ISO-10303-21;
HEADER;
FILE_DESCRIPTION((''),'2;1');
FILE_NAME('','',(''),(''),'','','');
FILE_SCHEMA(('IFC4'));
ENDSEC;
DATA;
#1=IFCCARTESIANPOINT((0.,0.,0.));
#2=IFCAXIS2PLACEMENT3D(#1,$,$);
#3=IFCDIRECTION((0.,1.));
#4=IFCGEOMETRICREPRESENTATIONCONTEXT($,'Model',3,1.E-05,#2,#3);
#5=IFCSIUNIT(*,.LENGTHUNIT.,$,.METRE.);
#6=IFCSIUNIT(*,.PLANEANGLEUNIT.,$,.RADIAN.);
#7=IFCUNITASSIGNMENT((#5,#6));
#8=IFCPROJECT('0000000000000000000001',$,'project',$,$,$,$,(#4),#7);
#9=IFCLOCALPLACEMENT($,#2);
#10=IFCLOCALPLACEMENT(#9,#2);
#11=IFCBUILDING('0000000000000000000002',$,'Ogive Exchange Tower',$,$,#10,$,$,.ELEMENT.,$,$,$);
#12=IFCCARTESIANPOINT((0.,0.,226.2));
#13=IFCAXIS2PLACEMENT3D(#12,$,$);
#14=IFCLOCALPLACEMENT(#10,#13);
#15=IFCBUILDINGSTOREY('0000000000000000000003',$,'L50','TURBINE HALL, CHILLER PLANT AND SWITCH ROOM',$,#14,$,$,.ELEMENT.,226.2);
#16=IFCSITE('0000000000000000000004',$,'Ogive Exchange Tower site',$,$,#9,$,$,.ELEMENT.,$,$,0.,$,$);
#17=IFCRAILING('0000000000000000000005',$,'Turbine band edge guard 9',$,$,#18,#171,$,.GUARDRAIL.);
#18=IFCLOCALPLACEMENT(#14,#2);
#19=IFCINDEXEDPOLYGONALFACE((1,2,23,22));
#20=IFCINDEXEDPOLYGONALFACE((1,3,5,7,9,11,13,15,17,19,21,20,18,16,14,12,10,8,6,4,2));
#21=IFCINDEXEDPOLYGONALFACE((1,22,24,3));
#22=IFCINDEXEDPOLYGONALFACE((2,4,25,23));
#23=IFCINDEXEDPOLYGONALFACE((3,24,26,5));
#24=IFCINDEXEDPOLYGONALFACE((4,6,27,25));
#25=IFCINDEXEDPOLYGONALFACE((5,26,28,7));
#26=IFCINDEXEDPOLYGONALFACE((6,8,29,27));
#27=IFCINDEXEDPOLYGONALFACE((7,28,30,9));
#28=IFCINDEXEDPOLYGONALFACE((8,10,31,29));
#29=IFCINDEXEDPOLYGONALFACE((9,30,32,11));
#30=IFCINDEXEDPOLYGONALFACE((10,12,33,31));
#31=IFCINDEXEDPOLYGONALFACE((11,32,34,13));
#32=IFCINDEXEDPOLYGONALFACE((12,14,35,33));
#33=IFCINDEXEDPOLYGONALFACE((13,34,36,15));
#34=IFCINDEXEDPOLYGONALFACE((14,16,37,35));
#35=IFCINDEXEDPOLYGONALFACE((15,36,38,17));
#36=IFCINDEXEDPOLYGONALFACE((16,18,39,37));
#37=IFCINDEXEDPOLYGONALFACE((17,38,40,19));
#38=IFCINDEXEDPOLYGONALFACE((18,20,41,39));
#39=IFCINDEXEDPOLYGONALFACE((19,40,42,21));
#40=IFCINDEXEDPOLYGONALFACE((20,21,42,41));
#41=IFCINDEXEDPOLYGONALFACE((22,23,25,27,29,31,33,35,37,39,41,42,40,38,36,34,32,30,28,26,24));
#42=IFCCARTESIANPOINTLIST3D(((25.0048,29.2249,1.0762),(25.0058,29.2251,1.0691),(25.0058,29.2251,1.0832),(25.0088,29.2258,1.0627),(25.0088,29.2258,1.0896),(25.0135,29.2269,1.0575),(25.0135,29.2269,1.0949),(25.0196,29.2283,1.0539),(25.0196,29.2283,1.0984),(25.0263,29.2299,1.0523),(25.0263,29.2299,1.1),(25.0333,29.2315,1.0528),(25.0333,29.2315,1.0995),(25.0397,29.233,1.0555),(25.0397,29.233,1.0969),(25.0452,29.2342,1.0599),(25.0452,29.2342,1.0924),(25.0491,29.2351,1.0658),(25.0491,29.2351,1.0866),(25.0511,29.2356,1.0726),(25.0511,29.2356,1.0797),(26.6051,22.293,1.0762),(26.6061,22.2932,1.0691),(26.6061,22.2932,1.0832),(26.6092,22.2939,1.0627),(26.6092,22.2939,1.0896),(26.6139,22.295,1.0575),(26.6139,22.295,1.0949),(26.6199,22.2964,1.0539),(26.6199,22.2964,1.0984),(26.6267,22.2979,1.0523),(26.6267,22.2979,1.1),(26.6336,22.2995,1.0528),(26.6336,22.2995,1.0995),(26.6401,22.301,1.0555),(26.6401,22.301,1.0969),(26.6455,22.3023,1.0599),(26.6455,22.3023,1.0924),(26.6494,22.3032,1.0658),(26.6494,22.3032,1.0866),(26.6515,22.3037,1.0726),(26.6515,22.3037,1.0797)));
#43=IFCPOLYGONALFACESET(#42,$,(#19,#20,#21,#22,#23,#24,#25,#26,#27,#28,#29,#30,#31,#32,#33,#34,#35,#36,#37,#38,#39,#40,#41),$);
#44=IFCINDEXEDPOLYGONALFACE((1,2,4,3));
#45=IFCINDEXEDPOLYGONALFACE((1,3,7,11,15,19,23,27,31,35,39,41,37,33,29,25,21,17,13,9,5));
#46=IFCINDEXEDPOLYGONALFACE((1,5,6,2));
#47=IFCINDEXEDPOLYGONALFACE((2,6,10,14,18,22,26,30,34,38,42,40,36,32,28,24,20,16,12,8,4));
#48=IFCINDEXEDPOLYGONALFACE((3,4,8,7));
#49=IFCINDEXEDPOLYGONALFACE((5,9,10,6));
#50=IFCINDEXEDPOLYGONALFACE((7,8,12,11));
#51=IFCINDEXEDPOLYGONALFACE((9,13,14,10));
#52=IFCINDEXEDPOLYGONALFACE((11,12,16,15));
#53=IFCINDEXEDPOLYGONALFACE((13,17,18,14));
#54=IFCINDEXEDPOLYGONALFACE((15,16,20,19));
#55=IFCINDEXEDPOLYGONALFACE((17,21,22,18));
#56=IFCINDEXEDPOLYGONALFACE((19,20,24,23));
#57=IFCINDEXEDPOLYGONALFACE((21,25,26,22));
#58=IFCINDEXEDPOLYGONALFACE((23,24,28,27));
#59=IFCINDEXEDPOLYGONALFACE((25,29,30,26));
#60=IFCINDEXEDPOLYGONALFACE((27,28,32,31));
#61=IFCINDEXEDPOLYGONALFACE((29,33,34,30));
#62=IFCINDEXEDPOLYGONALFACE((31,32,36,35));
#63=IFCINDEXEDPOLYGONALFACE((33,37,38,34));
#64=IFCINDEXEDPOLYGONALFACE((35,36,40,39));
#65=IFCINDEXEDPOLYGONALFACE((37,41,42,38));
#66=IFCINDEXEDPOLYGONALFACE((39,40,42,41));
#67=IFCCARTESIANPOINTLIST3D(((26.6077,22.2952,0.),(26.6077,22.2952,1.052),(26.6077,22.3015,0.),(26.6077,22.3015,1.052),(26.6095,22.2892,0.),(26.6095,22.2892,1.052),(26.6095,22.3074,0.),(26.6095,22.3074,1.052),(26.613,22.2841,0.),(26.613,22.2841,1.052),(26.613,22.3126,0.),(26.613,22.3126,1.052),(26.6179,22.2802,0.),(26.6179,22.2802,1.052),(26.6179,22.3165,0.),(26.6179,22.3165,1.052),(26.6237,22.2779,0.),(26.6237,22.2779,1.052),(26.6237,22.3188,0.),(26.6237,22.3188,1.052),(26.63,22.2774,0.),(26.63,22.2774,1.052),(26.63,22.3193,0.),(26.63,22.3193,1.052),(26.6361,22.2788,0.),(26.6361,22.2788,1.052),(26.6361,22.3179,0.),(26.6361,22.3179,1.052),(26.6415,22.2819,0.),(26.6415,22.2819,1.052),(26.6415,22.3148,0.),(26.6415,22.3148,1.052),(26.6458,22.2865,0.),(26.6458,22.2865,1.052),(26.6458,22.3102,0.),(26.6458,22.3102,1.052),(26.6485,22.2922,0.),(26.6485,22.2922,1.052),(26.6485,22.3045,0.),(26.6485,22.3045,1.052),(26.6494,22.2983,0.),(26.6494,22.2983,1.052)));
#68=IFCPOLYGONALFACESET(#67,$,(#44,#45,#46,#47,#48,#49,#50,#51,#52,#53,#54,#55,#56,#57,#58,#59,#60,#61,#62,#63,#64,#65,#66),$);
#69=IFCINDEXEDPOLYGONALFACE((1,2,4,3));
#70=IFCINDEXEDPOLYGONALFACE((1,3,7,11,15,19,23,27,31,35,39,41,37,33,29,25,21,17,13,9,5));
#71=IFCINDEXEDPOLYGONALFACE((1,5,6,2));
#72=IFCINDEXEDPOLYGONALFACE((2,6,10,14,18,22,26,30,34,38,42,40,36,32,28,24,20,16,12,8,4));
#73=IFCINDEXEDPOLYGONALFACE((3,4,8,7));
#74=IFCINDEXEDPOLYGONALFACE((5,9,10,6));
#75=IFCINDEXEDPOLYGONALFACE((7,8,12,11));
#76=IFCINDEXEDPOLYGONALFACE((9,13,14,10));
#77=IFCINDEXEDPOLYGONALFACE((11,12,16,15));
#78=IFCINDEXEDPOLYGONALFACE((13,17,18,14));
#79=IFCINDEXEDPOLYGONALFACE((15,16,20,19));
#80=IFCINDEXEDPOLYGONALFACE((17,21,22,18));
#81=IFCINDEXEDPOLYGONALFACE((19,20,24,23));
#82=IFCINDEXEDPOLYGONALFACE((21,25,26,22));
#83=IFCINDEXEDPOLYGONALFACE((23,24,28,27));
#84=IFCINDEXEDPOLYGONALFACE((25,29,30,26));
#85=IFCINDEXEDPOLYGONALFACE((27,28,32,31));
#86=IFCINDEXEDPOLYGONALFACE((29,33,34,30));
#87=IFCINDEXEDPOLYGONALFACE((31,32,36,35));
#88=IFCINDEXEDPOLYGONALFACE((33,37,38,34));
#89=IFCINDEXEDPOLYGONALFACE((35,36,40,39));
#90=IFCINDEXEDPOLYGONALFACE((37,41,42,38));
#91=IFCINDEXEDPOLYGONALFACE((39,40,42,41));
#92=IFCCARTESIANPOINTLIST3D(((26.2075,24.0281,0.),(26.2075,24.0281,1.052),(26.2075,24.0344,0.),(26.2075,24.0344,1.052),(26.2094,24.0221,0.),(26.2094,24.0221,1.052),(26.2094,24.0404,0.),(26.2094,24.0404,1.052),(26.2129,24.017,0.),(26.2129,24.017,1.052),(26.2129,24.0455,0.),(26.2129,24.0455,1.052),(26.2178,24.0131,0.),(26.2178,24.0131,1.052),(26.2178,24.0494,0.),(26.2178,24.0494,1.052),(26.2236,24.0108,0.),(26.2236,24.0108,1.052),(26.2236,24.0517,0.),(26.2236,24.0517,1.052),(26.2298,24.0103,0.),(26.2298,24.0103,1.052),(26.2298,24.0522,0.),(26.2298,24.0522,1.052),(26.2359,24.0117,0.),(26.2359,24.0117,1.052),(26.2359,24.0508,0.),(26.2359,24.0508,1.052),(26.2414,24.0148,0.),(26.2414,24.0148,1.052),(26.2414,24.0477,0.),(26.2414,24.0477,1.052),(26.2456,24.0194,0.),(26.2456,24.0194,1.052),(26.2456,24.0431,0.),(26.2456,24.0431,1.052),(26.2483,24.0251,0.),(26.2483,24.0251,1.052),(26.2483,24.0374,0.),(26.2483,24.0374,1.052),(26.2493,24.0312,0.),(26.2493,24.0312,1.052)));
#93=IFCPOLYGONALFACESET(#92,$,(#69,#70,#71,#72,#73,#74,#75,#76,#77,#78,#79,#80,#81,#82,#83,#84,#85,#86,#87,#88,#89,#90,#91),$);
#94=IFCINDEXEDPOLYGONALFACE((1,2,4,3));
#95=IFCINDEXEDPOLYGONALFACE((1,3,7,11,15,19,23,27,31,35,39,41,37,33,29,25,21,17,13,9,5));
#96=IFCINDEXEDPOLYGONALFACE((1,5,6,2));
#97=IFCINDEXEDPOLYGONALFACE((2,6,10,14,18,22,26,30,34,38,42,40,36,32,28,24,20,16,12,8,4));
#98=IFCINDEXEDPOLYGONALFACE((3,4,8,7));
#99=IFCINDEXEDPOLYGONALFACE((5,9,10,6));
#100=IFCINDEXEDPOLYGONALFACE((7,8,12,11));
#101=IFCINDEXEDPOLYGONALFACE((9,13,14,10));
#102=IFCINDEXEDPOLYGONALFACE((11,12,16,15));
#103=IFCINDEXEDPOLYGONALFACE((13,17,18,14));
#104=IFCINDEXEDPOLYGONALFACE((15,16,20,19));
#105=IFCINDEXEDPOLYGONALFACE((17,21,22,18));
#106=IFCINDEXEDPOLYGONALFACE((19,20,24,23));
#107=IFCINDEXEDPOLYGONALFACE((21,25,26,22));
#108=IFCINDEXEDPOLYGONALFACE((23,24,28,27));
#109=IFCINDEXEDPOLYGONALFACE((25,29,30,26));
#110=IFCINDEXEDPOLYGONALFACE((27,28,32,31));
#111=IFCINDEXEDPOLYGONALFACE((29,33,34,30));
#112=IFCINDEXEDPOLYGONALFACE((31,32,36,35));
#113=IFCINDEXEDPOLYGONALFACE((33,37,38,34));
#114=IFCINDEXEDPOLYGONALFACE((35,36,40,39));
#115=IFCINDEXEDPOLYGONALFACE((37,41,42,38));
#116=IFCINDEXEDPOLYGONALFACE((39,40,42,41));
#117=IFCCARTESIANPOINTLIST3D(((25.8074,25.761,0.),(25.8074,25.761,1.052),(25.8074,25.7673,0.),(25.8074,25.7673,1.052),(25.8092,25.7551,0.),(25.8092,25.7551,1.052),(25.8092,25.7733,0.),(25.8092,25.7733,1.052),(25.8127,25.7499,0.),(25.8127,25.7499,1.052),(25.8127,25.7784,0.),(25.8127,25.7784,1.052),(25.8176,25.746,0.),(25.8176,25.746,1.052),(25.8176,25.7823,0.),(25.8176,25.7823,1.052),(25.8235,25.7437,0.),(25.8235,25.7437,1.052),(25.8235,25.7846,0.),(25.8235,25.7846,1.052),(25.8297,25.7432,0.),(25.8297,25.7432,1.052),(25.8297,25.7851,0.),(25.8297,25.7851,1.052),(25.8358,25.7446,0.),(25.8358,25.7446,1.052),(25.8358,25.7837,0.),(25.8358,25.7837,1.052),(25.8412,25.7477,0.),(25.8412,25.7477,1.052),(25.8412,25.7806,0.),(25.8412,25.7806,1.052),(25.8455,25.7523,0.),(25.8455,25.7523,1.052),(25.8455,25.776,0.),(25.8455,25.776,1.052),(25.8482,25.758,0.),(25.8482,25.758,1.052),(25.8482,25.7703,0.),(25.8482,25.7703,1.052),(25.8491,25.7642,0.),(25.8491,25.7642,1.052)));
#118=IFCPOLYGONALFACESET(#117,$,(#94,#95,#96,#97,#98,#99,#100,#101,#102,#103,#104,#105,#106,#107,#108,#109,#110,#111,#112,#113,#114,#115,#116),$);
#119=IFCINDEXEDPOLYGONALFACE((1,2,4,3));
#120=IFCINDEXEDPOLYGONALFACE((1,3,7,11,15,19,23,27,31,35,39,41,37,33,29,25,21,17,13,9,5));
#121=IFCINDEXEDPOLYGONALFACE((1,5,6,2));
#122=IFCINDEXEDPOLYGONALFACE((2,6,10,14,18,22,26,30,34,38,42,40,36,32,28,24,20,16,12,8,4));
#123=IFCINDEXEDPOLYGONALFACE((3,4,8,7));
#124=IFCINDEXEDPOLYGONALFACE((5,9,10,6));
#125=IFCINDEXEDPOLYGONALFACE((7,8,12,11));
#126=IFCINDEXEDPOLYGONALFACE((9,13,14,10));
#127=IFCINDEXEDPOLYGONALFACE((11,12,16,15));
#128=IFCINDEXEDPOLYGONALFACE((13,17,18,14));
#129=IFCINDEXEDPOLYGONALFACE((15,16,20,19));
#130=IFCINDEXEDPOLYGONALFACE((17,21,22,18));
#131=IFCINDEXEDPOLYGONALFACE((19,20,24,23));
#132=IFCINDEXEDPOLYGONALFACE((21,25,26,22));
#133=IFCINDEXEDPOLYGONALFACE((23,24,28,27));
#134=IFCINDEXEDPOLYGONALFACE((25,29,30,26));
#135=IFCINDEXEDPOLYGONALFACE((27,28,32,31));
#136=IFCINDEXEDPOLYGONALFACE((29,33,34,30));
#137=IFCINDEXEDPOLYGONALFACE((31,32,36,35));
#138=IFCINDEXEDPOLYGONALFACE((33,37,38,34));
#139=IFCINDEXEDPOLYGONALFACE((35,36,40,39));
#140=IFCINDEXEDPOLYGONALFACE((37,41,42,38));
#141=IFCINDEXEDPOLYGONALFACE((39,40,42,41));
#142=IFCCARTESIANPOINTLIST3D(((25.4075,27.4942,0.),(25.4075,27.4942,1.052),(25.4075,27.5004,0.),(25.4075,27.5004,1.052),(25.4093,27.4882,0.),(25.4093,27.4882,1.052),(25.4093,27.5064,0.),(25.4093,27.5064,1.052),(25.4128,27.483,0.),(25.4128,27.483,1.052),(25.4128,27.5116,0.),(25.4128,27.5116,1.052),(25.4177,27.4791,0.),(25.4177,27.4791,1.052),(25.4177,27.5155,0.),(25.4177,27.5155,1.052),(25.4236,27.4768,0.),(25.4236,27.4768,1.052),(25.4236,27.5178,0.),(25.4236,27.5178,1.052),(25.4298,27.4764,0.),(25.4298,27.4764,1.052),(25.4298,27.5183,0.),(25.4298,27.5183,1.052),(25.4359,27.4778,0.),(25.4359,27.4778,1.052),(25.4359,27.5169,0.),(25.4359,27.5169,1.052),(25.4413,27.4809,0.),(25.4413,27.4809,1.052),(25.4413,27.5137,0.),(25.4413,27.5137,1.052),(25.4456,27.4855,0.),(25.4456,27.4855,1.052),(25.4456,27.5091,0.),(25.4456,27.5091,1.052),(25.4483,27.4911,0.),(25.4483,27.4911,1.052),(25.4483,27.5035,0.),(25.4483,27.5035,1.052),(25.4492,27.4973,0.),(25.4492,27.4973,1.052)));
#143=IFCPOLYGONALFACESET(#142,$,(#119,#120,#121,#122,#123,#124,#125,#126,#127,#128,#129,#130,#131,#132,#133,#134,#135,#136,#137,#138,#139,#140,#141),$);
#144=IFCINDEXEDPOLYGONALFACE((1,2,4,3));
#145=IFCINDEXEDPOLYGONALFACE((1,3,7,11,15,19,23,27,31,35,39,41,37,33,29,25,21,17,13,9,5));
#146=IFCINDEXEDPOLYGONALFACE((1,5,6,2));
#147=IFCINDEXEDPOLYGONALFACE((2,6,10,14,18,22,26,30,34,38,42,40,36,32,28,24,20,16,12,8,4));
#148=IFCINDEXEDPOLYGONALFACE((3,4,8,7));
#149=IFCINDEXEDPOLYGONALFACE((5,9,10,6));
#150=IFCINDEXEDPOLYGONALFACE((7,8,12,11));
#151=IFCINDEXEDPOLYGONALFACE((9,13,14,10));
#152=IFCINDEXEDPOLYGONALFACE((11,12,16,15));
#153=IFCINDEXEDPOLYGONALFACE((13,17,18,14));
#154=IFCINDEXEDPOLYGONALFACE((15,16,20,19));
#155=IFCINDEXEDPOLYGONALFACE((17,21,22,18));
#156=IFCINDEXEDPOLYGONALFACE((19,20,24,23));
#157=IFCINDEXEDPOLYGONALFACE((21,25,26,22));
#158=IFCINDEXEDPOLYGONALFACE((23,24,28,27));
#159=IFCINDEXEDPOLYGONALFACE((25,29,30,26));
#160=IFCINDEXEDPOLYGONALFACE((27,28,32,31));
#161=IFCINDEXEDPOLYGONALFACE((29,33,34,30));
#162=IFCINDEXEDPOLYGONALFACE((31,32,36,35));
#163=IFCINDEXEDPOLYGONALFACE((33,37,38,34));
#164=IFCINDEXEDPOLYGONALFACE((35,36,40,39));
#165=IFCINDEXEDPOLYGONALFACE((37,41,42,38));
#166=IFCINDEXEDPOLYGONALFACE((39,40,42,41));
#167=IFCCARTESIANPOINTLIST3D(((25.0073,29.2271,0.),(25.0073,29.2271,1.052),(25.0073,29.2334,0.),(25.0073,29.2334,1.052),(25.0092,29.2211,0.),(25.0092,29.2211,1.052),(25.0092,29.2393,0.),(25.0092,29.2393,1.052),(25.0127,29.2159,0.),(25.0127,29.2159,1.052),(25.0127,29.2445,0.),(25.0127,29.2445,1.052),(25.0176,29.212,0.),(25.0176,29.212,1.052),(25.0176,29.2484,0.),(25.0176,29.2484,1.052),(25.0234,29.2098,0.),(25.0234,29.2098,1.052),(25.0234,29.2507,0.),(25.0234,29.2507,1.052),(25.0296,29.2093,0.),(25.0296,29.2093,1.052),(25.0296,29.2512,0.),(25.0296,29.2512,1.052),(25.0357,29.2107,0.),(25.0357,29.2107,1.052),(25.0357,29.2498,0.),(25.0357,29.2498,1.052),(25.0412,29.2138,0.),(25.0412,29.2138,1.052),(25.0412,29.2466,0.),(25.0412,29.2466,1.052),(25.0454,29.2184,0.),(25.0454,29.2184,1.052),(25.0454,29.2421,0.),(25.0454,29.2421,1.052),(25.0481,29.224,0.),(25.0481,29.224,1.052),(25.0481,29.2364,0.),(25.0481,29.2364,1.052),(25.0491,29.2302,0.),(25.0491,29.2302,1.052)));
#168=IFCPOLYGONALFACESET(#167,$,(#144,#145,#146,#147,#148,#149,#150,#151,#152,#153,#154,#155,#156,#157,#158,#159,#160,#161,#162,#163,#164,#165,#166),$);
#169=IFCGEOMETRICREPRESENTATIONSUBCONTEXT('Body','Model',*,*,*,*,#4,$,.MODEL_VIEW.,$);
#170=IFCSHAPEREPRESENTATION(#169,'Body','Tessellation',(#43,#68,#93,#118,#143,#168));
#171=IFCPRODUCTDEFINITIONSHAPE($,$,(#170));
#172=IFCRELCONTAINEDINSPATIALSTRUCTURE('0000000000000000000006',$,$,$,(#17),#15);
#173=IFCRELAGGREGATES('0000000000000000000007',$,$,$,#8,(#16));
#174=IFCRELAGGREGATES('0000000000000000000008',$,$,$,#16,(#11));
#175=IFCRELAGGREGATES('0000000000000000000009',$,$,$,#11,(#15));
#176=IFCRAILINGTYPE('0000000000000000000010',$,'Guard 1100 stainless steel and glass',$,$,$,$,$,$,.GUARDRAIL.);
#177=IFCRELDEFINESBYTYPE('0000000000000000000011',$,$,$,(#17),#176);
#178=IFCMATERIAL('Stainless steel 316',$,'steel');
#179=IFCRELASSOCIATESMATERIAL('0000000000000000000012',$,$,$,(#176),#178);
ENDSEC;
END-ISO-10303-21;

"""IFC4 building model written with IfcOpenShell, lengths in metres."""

from ifc_helpers import new_model, si_unit, direction, frame, origin, origin_2d, place, context, subcontext, project, spatial, circle, extrude, material, type_object, element, save


model = new_model("IFC4")

# Units and contexts
model_context = context("Model", 3, precision=1e-05, world=origin(), true_north=direction((0.0, 1.0)))
body_context = subcontext(model_context, "Body", "Model", "MODEL_VIEW")
ifc_project = project(units=[si_unit("LENGTHUNIT", "METRE"), si_unit("PLANEANGLEUNIT", "RADIAN")], contexts=[model_context])

# Site, building, storey
site_placement = place(None, origin())
site = spatial("IfcSite", under=ifc_project, at=site_placement, Name="Ogive Exchange Tower site", CompositionType="ELEMENT", RefElevation=0.0)
building_placement = place(site_placement, origin())
building = spatial("IfcBuilding", under=site, at=building_placement, Name="Ogive Exchange Tower", CompositionType="ELEMENT")
storey_placement = place(building_placement, frame((0.0, 0.0, 226.2)))
storey = spatial("IfcBuildingStorey", under=building, at=storey_placement, Name="L50", Description="TURBINE HALL, CHILLER PLANT AND SWITCH ROOM", CompositionType="ELEMENT", Elevation=226.2)

# Railing
ifc_material_1 = material(Name="Stainless steel 316", Category="steel")
railing_type = type_object("IfcRailingType", Name="Guard 1100 stainless steel and glass", PredefinedType="GUARDRAIL", material=ifc_material_1)
for number, where, name in (
    (1, (26.6284, 22.2983, 0.0), "Turbine band edge guard 9"),
):
    element("IfcRailing", number, at=place(storey_placement, frame(where)), inside=storey, type_object=railing_type, Name=name, PredefinedType="GUARDRAIL", context=body_context, shape_type="SweptSolid", body=[
        extrude(circle(Radius=0.0239, at=origin_2d()), frame((0.0, 0.0, 1.0762), z_axis=(-0.22495, 0.97437, 0.0), x_axis=(-0.97437, -0.22495, 0.0)), (0.0, 0.0, 1.0), 7.1143),
        extrude(circle(Radius=0.021, at=origin_2d()), origin(), (0.0, 0.0, 1.0), 1.052),
        extrude(circle(Radius=0.021, at=origin_2d()), frame((-0.4001, 1.7329, 0.0)), (0.0, 0.0, 1.0), 1.052),
        extrude(circle(Radius=0.021, at=origin_2d()), frame((-0.8003, 3.4658, 0.0)), (0.0, 0.0, 1.0), 1.052),
        extrude(circle(Radius=0.021, at=origin_2d()), frame((-1.2002, 5.199, 0.0)), (0.0, 0.0, 1.0), 1.052),
        extrude(circle(Radius=0.021, at=origin_2d()), frame((-1.6003, 6.9319, 0.0)), (0.0, 0.0, 1.0), 1.052),
    ])

save(model, "model.ifc")
